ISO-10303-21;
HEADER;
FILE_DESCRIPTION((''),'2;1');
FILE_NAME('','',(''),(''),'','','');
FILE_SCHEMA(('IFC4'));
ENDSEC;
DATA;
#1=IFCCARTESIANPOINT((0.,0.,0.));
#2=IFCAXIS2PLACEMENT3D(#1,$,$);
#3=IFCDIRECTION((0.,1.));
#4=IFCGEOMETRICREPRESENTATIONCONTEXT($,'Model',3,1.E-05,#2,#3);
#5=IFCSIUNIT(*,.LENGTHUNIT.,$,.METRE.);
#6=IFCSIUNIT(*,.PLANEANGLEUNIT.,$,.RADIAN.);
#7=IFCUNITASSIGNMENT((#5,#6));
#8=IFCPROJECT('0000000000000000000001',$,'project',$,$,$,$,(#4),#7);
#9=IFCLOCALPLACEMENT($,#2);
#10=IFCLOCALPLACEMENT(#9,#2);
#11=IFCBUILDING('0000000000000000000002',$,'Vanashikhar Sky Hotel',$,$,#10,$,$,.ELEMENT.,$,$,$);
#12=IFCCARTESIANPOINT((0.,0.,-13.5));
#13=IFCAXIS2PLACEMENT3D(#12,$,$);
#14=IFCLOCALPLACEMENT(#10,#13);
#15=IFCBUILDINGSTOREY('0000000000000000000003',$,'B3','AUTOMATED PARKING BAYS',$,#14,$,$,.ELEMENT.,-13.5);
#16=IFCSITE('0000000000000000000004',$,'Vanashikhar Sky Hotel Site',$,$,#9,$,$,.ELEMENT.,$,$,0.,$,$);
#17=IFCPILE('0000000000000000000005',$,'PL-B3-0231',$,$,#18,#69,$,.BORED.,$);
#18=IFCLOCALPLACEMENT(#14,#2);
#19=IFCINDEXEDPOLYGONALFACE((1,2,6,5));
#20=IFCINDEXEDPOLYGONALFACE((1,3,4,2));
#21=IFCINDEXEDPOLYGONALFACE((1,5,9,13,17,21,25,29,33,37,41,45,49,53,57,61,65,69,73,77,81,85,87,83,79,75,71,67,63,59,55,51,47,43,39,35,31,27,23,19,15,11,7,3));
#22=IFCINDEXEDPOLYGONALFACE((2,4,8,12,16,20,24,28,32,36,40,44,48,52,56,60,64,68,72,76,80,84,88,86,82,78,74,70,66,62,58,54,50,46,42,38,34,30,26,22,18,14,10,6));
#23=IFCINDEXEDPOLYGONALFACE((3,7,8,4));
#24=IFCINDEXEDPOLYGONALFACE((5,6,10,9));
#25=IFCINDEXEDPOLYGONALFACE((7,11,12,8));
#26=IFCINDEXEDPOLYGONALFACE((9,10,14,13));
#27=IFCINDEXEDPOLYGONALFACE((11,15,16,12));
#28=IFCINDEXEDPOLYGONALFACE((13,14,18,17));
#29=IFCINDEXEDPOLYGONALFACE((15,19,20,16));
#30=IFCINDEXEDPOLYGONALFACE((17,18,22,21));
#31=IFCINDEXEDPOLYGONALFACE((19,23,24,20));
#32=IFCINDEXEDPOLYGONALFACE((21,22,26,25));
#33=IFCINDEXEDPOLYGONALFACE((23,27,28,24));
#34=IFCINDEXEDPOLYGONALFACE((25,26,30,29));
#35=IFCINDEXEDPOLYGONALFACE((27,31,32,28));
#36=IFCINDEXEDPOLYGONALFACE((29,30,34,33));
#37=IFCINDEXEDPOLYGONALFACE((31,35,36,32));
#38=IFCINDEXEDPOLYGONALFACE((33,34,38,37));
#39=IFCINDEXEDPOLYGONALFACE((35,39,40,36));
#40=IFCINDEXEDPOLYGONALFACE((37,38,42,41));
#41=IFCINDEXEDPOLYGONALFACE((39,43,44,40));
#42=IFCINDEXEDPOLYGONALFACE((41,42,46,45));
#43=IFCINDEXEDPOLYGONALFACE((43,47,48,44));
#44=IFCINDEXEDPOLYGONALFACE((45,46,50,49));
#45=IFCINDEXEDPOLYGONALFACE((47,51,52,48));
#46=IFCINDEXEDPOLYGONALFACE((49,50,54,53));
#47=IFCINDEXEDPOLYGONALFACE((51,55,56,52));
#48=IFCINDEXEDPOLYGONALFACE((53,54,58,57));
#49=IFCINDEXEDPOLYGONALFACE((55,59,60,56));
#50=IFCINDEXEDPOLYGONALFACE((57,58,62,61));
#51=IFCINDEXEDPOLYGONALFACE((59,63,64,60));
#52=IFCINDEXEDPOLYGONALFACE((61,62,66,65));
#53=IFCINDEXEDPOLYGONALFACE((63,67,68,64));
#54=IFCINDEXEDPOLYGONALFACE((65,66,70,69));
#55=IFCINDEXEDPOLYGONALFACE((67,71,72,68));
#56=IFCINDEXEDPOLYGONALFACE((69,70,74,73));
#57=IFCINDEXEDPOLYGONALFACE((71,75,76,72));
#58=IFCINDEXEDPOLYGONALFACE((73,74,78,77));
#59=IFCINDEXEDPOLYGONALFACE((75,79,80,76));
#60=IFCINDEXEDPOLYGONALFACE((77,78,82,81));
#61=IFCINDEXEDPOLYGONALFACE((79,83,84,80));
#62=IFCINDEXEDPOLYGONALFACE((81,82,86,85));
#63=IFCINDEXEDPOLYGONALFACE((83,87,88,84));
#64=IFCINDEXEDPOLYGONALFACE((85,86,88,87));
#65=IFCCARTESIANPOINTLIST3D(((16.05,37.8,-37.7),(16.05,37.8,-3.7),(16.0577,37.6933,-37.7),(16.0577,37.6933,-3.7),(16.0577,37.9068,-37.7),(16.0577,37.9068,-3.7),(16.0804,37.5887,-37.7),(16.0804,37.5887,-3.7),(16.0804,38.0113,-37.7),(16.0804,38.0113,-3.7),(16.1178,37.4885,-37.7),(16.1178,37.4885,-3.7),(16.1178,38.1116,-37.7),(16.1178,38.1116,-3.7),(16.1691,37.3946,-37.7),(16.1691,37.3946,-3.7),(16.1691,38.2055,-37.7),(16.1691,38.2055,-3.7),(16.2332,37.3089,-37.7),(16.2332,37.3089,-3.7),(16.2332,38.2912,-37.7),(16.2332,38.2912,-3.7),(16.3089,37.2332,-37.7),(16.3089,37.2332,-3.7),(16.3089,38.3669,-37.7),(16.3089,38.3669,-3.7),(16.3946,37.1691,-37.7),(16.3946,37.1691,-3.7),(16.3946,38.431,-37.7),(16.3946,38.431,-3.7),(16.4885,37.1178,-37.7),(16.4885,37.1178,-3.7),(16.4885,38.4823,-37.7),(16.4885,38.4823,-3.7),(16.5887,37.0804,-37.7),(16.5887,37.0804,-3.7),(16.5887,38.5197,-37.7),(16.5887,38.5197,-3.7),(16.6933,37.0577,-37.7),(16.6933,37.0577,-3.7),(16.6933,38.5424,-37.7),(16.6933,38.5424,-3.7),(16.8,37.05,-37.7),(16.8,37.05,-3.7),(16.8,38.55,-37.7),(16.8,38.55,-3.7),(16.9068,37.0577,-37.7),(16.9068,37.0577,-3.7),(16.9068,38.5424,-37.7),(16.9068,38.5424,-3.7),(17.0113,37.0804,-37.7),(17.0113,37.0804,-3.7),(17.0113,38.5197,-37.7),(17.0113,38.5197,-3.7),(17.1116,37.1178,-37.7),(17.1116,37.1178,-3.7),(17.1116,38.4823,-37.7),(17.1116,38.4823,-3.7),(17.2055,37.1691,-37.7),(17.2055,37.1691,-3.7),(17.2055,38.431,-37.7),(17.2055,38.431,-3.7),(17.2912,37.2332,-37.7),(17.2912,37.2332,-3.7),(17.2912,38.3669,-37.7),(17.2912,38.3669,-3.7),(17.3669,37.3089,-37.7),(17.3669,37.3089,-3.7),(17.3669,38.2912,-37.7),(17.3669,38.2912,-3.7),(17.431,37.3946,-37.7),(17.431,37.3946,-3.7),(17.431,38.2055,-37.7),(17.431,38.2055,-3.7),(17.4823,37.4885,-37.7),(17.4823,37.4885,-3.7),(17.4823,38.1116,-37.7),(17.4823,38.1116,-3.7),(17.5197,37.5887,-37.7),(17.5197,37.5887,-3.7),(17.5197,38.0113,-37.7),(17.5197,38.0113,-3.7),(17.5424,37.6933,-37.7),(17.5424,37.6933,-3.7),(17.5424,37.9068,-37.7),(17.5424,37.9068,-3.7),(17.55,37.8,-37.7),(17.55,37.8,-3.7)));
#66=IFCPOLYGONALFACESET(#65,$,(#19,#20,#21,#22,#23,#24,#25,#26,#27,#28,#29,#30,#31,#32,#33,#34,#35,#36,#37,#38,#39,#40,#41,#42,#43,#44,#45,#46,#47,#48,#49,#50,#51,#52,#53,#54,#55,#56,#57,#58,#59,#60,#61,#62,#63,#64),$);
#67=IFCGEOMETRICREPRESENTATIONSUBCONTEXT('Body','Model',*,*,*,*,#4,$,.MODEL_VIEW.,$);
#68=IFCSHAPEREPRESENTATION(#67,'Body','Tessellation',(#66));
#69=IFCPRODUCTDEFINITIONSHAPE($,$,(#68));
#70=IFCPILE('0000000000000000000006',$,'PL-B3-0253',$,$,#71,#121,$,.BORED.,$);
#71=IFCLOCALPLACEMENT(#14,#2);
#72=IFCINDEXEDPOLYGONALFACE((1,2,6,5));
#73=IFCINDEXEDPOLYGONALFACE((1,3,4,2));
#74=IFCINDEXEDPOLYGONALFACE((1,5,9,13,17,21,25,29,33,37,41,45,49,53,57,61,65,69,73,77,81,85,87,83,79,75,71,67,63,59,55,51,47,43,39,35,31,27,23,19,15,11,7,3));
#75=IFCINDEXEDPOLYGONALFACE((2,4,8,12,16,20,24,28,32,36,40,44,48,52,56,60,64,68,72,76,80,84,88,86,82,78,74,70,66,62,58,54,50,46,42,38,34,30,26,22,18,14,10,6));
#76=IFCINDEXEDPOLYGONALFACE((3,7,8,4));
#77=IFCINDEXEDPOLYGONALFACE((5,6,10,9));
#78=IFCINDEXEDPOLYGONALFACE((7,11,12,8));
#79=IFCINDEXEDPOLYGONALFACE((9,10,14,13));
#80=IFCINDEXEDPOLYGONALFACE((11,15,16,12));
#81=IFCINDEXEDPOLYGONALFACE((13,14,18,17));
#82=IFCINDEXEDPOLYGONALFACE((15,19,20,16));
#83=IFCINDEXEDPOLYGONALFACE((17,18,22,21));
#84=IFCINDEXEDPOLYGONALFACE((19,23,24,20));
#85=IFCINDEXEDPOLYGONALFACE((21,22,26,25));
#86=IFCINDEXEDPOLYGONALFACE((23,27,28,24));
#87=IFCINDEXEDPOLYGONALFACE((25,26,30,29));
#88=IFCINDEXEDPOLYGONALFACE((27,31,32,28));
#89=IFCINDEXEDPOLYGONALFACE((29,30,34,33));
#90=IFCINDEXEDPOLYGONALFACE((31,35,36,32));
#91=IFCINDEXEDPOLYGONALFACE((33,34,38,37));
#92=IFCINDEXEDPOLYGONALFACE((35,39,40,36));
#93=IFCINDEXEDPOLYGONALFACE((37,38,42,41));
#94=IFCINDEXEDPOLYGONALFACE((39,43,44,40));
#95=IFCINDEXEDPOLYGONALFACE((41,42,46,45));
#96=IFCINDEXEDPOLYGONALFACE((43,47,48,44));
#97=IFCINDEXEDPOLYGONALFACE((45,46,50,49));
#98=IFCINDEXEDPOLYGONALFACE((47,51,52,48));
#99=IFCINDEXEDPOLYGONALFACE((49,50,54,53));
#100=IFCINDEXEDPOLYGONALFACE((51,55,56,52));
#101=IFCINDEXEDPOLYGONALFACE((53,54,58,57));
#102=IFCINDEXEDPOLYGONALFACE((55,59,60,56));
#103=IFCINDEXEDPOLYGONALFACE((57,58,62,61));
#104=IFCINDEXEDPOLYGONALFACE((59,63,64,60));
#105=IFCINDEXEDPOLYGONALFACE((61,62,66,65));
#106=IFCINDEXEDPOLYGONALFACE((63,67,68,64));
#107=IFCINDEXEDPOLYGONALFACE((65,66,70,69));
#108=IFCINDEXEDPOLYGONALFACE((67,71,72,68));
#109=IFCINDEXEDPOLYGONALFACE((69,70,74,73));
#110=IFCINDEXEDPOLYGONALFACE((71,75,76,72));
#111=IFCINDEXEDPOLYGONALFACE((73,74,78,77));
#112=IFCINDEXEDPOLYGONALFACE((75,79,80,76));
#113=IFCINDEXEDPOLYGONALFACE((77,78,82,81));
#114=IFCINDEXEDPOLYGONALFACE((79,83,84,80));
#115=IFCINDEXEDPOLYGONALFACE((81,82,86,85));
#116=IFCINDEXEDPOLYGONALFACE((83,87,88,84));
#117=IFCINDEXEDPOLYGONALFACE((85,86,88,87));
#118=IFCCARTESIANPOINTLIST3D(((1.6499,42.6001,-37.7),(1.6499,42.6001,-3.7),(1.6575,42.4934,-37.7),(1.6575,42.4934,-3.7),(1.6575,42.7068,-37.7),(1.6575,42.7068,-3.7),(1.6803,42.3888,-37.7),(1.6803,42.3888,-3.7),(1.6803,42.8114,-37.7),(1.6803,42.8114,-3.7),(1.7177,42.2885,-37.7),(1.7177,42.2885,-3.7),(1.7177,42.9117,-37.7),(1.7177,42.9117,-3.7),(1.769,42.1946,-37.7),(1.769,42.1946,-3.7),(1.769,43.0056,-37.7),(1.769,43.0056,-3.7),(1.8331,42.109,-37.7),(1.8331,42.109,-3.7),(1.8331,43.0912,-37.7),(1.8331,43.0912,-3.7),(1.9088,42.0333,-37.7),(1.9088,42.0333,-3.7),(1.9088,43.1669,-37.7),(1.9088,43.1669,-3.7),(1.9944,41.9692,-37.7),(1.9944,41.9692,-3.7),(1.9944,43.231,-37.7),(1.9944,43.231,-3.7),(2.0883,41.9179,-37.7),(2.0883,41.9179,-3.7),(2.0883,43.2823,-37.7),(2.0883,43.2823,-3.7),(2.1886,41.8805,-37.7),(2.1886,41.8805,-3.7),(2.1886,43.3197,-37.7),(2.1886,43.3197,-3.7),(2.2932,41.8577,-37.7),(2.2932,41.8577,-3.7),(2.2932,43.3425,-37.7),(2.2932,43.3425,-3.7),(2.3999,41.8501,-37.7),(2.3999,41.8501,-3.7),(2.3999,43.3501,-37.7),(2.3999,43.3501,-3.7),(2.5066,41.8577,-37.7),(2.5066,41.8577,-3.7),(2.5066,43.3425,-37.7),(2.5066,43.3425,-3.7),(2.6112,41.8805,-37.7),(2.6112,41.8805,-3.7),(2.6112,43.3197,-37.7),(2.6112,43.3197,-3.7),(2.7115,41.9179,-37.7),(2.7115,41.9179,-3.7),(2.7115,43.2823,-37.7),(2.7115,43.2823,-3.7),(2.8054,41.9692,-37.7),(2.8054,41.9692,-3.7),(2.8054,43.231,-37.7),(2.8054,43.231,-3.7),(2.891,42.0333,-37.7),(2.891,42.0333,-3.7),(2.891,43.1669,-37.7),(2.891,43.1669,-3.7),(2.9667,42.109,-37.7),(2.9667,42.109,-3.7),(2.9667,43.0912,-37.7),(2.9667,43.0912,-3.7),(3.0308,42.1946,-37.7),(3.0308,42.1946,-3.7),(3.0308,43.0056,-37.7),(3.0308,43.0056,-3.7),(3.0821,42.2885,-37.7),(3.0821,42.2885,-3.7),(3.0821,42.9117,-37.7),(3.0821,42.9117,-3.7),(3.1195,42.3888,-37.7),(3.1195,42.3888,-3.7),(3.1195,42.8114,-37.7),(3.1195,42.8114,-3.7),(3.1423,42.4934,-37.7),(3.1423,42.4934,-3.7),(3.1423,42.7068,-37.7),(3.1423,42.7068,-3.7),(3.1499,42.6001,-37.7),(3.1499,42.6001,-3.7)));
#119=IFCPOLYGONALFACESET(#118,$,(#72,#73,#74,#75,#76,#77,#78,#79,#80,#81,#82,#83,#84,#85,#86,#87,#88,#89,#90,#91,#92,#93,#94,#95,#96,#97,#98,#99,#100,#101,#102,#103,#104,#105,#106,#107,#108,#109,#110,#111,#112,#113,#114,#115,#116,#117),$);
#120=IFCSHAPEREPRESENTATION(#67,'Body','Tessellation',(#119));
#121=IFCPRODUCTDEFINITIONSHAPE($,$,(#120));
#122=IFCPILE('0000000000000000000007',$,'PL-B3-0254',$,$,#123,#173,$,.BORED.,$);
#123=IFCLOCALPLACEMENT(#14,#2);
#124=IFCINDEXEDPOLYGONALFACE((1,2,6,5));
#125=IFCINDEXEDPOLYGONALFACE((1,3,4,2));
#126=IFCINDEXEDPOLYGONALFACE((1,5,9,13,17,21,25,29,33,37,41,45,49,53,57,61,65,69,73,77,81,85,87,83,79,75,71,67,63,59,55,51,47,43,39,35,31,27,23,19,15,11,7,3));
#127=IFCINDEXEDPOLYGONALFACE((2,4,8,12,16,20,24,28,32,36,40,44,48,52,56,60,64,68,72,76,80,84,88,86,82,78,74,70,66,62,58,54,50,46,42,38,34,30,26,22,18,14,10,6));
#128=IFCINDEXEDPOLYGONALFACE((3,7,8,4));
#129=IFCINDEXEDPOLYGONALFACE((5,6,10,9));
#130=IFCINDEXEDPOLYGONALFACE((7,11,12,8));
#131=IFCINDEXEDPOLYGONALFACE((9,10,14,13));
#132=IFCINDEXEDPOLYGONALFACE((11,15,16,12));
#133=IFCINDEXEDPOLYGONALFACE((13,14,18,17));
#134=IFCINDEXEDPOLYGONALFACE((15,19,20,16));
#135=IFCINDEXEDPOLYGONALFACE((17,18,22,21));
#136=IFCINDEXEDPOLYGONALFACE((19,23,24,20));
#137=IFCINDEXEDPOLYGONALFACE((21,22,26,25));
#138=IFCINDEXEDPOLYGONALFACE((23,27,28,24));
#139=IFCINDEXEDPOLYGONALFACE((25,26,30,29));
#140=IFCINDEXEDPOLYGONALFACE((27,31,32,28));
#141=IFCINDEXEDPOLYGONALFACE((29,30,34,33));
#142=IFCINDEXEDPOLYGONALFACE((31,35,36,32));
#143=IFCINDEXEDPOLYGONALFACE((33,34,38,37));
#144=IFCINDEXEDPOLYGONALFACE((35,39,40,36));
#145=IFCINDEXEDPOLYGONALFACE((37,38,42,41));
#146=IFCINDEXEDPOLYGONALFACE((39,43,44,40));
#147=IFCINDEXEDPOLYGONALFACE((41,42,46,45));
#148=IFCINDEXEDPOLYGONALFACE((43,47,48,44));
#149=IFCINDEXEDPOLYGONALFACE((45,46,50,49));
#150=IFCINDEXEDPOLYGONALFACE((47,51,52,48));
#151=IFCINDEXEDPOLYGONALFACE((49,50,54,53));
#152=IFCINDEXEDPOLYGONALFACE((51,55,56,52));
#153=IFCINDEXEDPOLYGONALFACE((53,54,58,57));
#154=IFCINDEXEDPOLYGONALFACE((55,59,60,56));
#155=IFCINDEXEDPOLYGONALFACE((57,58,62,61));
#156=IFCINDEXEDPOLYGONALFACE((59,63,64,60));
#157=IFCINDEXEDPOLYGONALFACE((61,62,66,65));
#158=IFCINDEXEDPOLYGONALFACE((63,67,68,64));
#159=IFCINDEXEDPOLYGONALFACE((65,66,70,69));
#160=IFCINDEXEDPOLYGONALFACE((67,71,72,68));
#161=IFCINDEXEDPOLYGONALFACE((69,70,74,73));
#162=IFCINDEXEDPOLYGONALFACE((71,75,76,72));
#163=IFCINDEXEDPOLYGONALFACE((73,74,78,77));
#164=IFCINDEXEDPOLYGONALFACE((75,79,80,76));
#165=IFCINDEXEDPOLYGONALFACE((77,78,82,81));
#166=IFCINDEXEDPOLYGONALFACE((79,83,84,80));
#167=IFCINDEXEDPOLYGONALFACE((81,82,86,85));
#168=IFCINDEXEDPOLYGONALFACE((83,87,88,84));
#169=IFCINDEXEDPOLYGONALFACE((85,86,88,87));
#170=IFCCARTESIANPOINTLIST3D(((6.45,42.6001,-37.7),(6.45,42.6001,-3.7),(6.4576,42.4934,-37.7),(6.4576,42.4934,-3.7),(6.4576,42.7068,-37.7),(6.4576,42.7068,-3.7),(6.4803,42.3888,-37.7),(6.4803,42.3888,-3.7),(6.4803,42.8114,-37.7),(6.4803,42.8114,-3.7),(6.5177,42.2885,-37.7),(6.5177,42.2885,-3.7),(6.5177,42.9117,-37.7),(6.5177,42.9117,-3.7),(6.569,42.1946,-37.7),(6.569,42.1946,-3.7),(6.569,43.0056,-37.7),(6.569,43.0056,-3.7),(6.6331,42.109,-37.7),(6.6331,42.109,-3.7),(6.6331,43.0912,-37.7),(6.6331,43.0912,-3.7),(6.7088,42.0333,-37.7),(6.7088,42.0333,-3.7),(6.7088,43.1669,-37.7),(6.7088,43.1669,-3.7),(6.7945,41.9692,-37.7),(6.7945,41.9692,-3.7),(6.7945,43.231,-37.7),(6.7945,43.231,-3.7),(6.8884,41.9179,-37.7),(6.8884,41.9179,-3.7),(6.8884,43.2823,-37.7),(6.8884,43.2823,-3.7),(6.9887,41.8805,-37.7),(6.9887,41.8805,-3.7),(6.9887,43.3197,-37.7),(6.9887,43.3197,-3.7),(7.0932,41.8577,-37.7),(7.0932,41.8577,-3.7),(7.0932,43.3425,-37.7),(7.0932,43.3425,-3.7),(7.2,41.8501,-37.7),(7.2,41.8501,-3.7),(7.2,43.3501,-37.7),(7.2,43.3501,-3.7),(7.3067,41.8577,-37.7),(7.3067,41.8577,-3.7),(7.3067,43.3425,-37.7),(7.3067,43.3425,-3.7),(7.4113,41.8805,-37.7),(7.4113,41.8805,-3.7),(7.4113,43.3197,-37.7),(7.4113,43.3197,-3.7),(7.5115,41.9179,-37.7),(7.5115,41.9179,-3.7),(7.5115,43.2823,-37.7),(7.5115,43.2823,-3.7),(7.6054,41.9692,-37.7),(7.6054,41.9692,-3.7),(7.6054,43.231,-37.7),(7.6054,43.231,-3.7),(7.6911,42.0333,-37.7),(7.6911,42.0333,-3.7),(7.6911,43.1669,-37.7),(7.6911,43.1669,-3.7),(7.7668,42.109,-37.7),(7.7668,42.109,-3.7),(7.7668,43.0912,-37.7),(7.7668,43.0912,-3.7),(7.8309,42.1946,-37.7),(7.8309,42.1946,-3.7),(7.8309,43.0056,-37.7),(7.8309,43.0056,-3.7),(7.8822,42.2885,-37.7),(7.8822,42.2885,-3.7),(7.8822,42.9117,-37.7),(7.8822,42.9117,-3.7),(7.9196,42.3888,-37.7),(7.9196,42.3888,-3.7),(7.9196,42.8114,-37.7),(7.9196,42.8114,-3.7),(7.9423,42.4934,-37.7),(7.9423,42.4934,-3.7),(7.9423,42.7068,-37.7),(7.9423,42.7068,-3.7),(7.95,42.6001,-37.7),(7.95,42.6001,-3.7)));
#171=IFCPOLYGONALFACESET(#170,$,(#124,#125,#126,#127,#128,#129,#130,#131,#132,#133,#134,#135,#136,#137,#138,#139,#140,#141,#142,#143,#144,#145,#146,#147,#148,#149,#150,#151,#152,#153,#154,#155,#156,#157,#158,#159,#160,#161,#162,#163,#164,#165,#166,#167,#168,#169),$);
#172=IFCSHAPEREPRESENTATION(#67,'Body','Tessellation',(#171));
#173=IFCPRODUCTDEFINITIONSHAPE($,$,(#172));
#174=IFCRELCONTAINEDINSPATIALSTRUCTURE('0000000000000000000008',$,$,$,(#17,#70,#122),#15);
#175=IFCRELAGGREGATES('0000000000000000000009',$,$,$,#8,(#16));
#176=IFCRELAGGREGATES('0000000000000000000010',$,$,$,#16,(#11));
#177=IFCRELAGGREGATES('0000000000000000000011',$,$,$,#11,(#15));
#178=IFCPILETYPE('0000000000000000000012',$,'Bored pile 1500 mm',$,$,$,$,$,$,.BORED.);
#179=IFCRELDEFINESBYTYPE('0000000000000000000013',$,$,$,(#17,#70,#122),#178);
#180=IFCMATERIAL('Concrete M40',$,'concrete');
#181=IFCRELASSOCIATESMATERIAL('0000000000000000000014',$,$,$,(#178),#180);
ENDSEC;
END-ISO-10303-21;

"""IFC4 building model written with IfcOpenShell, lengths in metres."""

from ifc_helpers import new_model, si_unit, direction, frame, origin, origin_2d, place, context, subcontext, project, spatial, circle, extrude, source, transform, mapped, material, type_object, element, save


model = new_model("IFC4")

# Units and contexts
model_context = context("Model", 3, precision=1e-05, world=origin(), true_north=direction((0.0, 1.0)))
body_context = subcontext(model_context, "Body", "Model", "MODEL_VIEW")
ifc_project = project(units=[si_unit("LENGTHUNIT", "METRE"), si_unit("PLANEANGLEUNIT", "RADIAN")], contexts=[model_context])

# Site, building, storey
site_placement = place(None, origin())
site = spatial("IfcSite", under=ifc_project, at=site_placement, Name="Vanashikhar Sky Hotel Site", CompositionType="ELEMENT", RefElevation=0.0)
building_placement = place(site_placement, origin())
building = spatial("IfcBuilding", under=site, at=building_placement, Name="Vanashikhar Sky Hotel", CompositionType="ELEMENT")
storey_placement = place(building_placement, frame((0.0, 0.0, -13.5)))
storey = spatial("IfcBuildingStorey", under=building, at=storey_placement, Name="B3", Description="AUTOMATED PARKING BAYS", CompositionType="ELEMENT", Elevation=-13.5)

# Piles
ifc_material_1 = material(Name="Concrete M40", Category="concrete")
pile_type_1 = type_object("IfcPileType", Name="Bored pile 1500 mm", PredefinedType="BORED", material=ifc_material_1)
shared_shape_1 = source(origin(), body_context, "Body", "SweptSolid", [
    extrude(circle(Radius=0.75, at=origin_2d()), origin(), (0.0, 0.0, 1.0), 34.0),
])
for number, where, z_axis, x_axis, name in (
    (1, (16.8, 37.8, -3.7), (0.0, 0.0, -1.0), (1.0, 0.0, 0.0), "PL-B3-0231"),
    (2, (2.3999, 42.6001, -3.7), (0.0, 0.0, -1.0), (1.0, 0.0, 0.0), "PL-B3-0253"),
    (3, (7.2, 42.6001, -3.7), (0.0, 0.0, -1.0), (1.0, 0.0, 0.0), "PL-B3-0254"),
):
    element("IfcPile", number, at=place(storey_placement, frame(where, z_axis=z_axis, x_axis=x_axis)), inside=storey, type_object=pile_type_1, Name=name, PredefinedType="BORED", context=body_context, shape_type="MappedRepresentation", body=[
        mapped(shared_shape_1, transform((0.0, 0.0, 0.0), scale=1.0)),
    ])

save(model, "model.ifc")
